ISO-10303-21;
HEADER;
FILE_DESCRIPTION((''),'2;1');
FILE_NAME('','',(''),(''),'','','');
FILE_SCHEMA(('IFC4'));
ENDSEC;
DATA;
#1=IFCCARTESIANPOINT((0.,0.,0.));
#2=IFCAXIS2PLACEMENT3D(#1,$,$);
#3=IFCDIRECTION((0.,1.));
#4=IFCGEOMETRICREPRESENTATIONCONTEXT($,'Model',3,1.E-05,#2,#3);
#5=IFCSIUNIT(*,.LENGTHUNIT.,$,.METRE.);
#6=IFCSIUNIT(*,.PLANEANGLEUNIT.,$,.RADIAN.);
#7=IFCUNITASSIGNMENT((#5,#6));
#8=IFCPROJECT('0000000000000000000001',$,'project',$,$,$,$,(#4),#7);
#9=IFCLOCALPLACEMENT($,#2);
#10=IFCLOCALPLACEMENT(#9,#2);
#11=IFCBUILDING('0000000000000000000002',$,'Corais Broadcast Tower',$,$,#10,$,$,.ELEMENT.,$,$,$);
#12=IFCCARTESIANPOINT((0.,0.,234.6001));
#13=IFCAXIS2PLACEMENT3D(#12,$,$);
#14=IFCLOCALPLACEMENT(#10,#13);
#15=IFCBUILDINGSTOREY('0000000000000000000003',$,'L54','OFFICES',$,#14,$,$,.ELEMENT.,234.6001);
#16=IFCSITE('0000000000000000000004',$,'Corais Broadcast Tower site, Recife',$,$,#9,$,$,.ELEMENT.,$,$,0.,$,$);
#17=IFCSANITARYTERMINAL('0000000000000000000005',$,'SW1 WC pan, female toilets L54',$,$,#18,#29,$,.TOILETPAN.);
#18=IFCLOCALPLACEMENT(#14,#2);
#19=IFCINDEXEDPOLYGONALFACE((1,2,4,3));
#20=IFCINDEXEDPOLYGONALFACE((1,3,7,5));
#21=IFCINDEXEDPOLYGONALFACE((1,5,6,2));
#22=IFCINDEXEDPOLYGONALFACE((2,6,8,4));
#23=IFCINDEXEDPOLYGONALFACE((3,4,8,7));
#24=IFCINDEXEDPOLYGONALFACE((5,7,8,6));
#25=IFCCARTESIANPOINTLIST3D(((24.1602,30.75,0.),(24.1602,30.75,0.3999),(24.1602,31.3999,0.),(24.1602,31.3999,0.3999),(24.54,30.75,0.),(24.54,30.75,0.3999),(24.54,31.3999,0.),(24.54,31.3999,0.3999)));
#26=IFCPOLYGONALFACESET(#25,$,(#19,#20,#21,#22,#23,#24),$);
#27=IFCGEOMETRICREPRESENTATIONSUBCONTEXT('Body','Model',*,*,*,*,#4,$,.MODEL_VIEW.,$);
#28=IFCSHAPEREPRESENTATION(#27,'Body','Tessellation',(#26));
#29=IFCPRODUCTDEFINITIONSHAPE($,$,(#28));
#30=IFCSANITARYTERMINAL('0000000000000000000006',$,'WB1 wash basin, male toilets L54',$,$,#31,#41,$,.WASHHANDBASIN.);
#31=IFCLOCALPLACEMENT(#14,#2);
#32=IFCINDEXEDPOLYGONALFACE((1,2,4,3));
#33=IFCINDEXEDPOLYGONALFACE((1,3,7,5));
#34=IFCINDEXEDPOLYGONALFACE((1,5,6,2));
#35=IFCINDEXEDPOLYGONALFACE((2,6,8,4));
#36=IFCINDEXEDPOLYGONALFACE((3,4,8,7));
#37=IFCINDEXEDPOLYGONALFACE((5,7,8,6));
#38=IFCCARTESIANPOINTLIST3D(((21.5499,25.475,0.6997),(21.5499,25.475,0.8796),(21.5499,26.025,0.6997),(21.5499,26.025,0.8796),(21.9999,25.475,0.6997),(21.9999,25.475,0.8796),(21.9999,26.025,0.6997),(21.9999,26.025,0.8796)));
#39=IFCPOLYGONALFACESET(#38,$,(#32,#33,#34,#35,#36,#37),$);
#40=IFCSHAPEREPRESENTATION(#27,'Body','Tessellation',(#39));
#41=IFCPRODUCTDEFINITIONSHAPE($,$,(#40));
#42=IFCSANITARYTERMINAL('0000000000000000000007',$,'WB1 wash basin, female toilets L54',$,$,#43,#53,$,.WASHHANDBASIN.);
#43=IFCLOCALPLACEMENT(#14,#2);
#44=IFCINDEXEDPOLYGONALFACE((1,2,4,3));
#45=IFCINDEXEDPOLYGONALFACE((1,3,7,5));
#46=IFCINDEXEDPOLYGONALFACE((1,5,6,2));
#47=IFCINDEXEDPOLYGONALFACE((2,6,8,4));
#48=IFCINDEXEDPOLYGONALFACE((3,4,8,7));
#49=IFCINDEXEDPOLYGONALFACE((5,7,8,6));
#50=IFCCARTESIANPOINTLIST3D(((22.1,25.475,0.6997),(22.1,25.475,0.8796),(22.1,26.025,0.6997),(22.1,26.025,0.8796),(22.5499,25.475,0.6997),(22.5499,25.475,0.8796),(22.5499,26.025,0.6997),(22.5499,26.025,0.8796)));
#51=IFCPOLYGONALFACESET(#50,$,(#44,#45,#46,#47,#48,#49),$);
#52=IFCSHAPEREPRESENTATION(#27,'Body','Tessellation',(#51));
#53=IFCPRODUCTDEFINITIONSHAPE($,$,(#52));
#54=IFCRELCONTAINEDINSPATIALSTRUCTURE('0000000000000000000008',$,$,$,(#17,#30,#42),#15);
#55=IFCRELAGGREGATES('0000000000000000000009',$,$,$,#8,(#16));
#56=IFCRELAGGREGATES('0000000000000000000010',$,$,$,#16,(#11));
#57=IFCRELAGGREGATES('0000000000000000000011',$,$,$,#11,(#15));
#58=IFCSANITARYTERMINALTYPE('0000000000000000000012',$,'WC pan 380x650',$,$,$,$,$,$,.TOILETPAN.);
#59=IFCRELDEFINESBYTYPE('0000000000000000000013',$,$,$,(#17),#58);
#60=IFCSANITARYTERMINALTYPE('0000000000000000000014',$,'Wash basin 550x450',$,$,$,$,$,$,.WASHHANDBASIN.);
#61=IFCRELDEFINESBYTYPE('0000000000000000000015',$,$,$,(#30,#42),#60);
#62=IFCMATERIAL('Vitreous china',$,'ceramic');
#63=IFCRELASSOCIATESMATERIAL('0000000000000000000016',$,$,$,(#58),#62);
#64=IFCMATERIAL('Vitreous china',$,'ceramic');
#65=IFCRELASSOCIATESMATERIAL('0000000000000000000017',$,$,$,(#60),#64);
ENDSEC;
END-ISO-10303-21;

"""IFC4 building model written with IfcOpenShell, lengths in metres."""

from ifc_helpers import new_model, si_unit, direction, frame, origin, origin_2d, place, context, subcontext, project, spatial, rectangle, extrude, material, type_object, element, save


model = new_model("IFC4")

# Units and contexts
model_context = context("Model", 3, precision=1e-05, world=origin(), true_north=direction((0.0, 1.0)))
body_context = subcontext(model_context, "Body", "Model", "MODEL_VIEW")
ifc_project = project(units=[si_unit("LENGTHUNIT", "METRE"), si_unit("PLANEANGLEUNIT", "RADIAN")], contexts=[model_context])

# Site, building, storey
site_placement = place(None, origin())
site = spatial("IfcSite", under=ifc_project, at=site_placement, Name="Corais Broadcast Tower site, Recife", CompositionType="ELEMENT", RefElevation=0.0)
building_placement = place(site_placement, origin())
building = spatial("IfcBuilding", under=site, at=building_placement, Name="Corais Broadcast Tower", CompositionType="ELEMENT")
storey_placement = place(building_placement, frame((0.0, 0.0, 234.6001)))
storey = spatial("IfcBuildingStorey", under=building, at=storey_placement, Name="L54", Description="OFFICES", CompositionType="ELEMENT", Elevation=234.6001)

# Sanitary terminals
ifc_material_1 = material(Name="Vitreous china", Category="ceramic")
sanitary_terminal_type_1 = type_object("IfcSanitaryTerminalType", Name="WC pan 380x650", PredefinedType="TOILETPAN", material=ifc_material_1)
for number, where, z_axis, x_axis, name in (
    (1, (24.3501, 31.075, 0.0), (0.0, 0.0, 1.0), (1.0, 0.0, 0.0), "SW1 WC pan, female toilets L54"),
):
    element("IfcSanitaryTerminal", number, at=place(storey_placement, frame(where, z_axis=z_axis, x_axis=x_axis)), inside=storey, type_object=sanitary_terminal_type_1, Name=name, PredefinedType="TOILETPAN", context=body_context, shape_type="SweptSolid", body=[
        extrude(rectangle(XDim=0.3799, YDim=0.6499, at=origin_2d()), origin(), (0.0, 0.0, 1.0), 0.3999),
    ])
ifc_material_2 = material(Name="Vitreous china", Category="ceramic")
sanitary_terminal_type_2 = type_object("IfcSanitaryTerminalType", Name="Wash basin 550x450", PredefinedType="WASHHANDBASIN", material=ifc_material_2)
for number, where, z_axis, x_axis, name in (
    (2, (21.7749, 25.75, 0.6997), (0.0, 0.0, 1.0), (1.0, 0.0, 0.0), "WB1 wash basin, male toilets L54"),
    (3, (22.325, 25.75, 0.6997), (0.0, 0.0, 1.0), (1.0, 0.0, 0.0), "WB1 wash basin, female toilets L54"),
):
    element("IfcSanitaryTerminal", number, at=place(storey_placement, frame(where, z_axis=z_axis, x_axis=x_axis)), inside=storey, type_object=sanitary_terminal_type_2, Name=name, PredefinedType="WASHHANDBASIN", context=body_context, shape_type="SweptSolid", body=[
        extrude(rectangle(XDim=0.45, YDim=0.55, at=origin_2d()), origin(), (0.0, 0.0, 1.0), 0.1799),
    ])

save(model, "model.ifc")
